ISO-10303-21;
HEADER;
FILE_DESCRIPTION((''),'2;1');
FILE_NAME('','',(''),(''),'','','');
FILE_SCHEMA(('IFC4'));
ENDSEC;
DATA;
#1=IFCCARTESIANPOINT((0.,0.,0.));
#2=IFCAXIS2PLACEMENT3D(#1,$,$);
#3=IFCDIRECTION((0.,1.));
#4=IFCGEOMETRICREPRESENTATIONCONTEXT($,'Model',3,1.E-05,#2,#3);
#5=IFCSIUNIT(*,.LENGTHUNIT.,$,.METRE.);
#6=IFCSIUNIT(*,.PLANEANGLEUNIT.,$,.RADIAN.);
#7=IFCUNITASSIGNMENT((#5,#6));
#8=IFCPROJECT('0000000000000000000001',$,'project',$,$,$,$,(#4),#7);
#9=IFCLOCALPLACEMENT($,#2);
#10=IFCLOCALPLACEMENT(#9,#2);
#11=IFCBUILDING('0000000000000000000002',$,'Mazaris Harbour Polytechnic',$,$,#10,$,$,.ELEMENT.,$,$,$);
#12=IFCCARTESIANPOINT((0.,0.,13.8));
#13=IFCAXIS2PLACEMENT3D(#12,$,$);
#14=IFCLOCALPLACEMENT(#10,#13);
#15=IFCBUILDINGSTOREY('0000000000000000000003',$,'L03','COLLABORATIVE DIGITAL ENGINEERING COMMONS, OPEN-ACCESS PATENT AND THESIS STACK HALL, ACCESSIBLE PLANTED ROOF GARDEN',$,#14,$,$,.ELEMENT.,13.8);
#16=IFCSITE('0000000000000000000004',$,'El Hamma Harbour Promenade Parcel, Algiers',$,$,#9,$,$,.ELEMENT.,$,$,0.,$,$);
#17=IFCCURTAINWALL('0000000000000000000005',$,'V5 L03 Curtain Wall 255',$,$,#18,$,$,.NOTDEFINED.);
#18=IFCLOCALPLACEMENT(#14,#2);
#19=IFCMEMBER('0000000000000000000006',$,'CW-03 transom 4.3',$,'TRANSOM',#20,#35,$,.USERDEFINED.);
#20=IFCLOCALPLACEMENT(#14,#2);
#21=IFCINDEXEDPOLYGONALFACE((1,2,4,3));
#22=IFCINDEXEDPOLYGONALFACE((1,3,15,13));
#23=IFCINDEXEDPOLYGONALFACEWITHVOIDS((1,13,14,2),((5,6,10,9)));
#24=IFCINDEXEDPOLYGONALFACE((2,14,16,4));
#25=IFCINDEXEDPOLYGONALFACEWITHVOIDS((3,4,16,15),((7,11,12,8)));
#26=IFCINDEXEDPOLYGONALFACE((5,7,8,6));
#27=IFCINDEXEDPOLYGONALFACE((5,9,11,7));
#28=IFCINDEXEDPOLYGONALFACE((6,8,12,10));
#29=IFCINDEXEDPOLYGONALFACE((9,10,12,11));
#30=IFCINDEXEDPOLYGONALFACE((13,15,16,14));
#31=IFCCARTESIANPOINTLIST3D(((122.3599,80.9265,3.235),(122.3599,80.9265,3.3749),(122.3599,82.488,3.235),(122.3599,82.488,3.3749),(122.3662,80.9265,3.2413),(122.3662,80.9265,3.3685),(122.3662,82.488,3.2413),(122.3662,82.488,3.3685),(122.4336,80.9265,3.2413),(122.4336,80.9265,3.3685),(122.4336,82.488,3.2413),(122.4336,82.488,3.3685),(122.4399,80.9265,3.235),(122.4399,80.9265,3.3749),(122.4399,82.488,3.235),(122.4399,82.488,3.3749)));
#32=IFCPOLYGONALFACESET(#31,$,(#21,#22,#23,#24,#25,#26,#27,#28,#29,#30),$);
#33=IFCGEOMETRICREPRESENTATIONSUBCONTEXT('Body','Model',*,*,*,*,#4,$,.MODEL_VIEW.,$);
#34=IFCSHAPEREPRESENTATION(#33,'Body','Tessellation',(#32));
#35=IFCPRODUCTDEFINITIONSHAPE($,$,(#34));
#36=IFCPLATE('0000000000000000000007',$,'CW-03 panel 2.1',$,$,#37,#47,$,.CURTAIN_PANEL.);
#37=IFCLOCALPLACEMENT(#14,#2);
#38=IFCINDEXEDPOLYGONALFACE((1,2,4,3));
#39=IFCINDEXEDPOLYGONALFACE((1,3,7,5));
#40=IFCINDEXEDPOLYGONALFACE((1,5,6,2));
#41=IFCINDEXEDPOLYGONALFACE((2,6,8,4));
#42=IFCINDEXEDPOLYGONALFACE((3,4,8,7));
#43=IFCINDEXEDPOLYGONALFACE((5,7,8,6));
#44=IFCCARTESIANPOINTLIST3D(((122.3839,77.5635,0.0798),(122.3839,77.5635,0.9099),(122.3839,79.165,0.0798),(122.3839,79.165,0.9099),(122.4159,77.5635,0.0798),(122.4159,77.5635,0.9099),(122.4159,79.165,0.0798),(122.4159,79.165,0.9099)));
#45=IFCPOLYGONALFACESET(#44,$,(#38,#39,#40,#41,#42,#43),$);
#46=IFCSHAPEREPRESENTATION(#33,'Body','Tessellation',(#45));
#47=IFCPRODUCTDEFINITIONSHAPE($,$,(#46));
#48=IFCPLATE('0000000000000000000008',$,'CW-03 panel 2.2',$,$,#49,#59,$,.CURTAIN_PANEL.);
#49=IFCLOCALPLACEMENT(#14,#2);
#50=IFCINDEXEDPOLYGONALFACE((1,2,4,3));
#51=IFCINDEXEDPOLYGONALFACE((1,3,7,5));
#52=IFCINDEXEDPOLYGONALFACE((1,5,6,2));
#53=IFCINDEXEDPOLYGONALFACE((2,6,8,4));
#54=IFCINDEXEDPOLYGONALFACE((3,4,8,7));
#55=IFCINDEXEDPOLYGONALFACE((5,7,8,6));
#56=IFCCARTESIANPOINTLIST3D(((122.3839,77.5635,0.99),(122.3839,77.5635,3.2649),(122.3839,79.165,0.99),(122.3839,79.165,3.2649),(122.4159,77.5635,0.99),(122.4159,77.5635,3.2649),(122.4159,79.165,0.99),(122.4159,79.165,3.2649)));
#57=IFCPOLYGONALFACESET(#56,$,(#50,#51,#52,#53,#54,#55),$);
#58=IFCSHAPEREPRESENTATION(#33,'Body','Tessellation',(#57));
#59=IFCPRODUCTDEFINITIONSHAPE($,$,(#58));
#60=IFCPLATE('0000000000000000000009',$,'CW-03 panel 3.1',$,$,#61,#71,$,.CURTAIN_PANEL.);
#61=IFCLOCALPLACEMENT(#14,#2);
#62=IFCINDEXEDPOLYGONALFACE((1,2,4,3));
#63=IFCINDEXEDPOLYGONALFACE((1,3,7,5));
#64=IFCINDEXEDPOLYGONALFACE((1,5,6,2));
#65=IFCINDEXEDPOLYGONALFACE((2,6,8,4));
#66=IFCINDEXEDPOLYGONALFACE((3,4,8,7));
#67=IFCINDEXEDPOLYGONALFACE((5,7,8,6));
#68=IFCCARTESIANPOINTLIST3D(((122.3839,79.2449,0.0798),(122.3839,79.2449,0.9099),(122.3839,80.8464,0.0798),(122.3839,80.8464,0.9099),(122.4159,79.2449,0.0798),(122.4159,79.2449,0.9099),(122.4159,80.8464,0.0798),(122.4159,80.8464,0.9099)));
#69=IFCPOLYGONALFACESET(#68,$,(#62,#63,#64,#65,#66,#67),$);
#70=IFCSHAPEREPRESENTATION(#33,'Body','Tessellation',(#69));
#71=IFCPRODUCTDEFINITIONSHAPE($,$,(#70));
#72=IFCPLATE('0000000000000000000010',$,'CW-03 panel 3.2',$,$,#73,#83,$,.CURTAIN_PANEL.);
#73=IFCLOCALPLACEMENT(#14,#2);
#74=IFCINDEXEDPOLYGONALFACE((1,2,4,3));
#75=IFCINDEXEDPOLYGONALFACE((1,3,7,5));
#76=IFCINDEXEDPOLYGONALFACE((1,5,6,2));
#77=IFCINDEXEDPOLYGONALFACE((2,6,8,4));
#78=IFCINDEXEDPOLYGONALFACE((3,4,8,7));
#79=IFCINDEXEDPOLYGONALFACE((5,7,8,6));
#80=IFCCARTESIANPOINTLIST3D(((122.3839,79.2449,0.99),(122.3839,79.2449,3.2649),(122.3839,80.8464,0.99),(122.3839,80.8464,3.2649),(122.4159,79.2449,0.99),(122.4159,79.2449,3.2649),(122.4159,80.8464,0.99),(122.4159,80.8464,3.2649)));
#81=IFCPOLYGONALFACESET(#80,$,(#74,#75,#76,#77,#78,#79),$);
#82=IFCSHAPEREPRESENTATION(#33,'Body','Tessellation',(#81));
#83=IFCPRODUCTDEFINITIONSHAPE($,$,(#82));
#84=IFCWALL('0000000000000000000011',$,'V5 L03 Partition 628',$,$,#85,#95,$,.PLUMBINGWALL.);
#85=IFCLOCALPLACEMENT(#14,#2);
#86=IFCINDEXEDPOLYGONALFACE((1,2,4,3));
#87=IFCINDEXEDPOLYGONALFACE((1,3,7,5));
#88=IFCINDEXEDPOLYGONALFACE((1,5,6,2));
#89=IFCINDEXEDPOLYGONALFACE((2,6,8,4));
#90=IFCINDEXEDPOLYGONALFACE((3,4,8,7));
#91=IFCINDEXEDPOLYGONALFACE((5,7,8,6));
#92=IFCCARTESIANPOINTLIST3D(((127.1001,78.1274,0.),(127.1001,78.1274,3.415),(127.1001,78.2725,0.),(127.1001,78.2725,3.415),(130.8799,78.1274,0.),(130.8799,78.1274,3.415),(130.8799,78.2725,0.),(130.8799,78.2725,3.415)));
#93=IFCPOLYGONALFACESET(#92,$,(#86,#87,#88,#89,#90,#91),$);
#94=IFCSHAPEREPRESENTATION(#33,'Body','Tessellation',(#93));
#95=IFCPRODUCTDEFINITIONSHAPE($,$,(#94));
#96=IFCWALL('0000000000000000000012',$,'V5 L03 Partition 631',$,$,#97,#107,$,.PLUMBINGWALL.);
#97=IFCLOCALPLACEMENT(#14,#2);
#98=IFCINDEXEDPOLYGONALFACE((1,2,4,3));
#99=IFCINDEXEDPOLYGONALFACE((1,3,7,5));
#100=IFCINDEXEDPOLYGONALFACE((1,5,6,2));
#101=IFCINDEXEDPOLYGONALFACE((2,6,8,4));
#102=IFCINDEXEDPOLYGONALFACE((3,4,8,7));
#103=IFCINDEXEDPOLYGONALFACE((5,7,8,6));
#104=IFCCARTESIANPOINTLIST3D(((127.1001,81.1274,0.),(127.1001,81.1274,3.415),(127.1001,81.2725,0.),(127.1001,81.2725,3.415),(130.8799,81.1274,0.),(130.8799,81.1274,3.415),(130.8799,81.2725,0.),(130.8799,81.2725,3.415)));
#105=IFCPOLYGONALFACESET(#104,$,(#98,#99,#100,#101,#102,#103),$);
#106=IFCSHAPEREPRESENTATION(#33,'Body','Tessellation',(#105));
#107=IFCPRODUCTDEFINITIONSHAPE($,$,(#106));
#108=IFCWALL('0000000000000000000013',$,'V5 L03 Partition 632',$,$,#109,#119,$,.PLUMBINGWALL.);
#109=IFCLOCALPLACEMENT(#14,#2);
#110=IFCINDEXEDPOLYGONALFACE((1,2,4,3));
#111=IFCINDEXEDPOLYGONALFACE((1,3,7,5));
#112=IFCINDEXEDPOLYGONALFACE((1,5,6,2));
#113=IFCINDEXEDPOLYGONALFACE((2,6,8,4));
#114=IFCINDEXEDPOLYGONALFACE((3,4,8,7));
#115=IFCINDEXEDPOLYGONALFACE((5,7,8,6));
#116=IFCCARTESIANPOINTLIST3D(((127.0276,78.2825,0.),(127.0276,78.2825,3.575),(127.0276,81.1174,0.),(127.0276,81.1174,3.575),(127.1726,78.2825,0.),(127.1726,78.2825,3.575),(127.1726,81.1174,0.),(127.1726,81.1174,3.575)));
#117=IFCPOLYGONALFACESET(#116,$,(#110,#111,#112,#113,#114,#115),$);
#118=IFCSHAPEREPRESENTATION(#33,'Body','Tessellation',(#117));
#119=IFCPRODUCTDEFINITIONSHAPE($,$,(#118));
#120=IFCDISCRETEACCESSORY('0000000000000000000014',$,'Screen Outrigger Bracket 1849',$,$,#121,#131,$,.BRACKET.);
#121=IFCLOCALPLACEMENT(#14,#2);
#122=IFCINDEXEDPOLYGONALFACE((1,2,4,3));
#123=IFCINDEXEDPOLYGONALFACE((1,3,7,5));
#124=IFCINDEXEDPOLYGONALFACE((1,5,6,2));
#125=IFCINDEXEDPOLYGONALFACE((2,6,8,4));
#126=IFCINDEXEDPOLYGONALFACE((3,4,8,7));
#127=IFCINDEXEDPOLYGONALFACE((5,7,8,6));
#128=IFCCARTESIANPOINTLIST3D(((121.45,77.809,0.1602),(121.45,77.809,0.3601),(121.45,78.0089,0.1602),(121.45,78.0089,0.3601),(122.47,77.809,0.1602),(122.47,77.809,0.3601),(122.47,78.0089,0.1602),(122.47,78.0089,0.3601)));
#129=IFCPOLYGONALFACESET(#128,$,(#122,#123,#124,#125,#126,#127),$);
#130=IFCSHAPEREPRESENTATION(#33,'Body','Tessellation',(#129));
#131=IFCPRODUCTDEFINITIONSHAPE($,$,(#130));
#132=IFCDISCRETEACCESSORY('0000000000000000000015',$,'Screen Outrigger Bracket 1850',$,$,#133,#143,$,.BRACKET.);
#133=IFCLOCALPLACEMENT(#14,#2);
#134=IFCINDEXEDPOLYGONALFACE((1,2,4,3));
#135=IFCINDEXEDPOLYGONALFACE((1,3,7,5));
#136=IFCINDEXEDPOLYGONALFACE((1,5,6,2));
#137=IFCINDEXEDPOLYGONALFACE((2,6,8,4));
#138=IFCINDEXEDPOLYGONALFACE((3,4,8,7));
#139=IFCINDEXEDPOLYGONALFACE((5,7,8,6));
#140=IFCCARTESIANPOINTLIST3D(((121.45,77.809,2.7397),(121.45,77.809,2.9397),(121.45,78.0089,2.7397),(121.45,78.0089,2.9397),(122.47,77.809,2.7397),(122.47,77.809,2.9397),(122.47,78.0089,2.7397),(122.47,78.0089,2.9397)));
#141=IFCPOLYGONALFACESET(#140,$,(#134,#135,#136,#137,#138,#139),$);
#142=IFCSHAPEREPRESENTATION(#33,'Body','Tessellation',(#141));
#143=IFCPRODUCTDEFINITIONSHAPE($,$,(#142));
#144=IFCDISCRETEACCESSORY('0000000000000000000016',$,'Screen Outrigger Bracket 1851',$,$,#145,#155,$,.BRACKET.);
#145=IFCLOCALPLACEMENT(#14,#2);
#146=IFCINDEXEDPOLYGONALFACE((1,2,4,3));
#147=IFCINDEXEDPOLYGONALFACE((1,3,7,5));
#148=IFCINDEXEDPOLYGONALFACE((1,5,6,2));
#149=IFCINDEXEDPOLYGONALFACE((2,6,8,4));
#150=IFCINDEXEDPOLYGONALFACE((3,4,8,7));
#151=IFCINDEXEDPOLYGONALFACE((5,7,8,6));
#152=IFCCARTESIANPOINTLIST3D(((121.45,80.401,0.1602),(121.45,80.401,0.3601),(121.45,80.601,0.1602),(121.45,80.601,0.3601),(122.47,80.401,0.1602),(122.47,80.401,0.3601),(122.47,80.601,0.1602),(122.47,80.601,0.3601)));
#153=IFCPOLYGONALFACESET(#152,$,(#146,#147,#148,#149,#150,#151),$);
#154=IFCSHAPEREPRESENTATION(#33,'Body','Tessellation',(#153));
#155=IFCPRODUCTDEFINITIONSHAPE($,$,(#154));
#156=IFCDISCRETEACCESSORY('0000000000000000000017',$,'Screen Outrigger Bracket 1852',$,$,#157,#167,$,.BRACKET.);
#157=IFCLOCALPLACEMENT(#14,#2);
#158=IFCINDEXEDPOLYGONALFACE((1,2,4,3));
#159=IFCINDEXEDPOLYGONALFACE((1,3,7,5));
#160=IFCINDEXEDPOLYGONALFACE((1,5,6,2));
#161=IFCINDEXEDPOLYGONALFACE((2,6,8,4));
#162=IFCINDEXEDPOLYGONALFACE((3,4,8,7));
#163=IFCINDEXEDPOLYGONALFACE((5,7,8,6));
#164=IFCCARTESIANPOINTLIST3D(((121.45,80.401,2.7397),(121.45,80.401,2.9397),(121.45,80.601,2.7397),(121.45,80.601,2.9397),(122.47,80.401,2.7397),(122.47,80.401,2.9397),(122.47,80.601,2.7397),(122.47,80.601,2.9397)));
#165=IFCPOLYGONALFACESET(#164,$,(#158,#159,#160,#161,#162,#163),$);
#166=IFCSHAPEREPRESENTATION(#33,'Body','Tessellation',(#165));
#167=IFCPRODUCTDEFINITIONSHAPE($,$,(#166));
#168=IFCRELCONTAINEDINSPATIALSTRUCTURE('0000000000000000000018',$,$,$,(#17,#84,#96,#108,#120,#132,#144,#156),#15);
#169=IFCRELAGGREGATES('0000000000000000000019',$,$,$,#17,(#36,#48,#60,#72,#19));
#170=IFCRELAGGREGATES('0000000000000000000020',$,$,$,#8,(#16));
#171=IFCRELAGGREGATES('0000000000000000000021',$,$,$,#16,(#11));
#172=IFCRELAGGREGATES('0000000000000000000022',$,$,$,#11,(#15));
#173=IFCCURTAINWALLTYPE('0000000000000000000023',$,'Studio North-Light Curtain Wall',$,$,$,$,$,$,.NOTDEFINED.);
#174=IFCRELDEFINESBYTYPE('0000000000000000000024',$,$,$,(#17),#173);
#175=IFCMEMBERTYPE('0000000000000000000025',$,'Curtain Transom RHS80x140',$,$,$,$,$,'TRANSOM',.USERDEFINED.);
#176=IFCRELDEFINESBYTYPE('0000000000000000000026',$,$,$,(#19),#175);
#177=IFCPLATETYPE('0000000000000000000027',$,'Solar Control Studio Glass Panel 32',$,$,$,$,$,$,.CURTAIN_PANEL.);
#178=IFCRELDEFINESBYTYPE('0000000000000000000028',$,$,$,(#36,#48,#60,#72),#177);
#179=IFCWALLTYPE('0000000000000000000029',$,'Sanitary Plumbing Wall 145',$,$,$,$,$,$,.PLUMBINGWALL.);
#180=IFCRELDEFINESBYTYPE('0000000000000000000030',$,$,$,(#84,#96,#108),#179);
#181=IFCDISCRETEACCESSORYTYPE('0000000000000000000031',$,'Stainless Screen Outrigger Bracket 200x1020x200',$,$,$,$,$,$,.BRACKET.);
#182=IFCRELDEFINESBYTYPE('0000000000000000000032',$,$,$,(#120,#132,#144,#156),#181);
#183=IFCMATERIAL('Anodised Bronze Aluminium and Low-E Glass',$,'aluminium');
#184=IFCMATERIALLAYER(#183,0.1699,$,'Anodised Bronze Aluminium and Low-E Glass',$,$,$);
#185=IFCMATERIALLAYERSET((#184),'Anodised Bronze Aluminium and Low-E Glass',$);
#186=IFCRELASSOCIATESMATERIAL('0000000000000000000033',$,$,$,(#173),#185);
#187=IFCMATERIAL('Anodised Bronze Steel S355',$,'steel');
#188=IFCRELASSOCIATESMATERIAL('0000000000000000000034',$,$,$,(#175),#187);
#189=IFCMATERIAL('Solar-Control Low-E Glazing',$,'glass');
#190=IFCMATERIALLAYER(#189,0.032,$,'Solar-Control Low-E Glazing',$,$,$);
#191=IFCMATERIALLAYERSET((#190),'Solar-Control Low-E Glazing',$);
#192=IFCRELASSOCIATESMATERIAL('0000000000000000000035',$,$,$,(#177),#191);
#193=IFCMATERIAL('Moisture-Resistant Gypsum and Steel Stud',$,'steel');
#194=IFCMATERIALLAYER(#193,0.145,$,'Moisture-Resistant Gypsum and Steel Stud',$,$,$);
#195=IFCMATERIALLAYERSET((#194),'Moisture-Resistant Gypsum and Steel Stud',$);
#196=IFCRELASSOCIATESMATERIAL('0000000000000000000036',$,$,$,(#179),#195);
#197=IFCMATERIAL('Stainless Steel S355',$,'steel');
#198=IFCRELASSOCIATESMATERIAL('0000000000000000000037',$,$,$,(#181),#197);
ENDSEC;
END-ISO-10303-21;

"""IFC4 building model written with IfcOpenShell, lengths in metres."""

from ifc_helpers import new_model, si_unit, direction, frame, frame_2d, origin, origin_2d, place, context, subcontext, project, spatial, rectangle, hollow_rectangle, extrude, material, layer, layer_set, material_profile, profile_set, type_object, element, aggregate, save


model = new_model("IFC4")

# Units and contexts
model_context = context("Model", 3, precision=1e-05, world=origin(), true_north=direction((0.0, 1.0)))
body_context = subcontext(model_context, "Body", "Model", "MODEL_VIEW")
ifc_project = project(units=[si_unit("LENGTHUNIT", "METRE"), si_unit("PLANEANGLEUNIT", "RADIAN")], contexts=[model_context])

# Site, building, storey
site_placement = place(None, origin())
site = spatial("IfcSite", under=ifc_project, at=site_placement, Name="El Hamma Harbour Promenade Parcel, Algiers", CompositionType="ELEMENT", RefElevation=0.0)
building_placement = place(site_placement, origin())
building = spatial("IfcBuilding", under=site, at=building_placement, Name="Mazaris Harbour Polytechnic", CompositionType="ELEMENT")
storey_placement = place(building_placement, frame((0.0, 0.0, 13.8)))
storey = spatial("IfcBuildingStorey", under=building, at=storey_placement, Name="L03", Description="COLLABORATIVE DIGITAL ENGINEERING COMMONS, OPEN-ACCESS PATENT AND THESIS STACK HALL, ACCESSIBLE PLANTED ROOF GARDEN", CompositionType="ELEMENT", Elevation=13.8)

# Curtain wall, member, plates
ifc_material_1 = material(Name="Anodised Bronze Aluminium and Low-E Glass", Category="aluminium")
ifc_layer_1 = layer(ifc_material_1, 0.1699, Name="Anodised Bronze Aluminium and Low-E Glass")
ifc_layer_set_1 = layer_set([ifc_layer_1], Name="Anodised Bronze Aluminium and Low-E Glass")
curtain_wall_type = type_object("IfcCurtainWallType", Name="Studio North-Light Curtain Wall", PredefinedType="NOTDEFINED", material=ifc_layer_set_1)
curtain_wall_placement = place(storey_placement, origin())
curtain_wall = element("IfcCurtainWall", 1, at=curtain_wall_placement, inside=storey, type_object=curtain_wall_type, Name="V5 L03 Curtain Wall 255", PredefinedType="NOTDEFINED")
ifc_material_2 = material(Name="Anodised Bronze Steel S355", Category="steel")
ifc_material_profile_1 = material_profile(ifc_material_2, hollow_rectangle(XDim=0.0801, YDim=0.1399, WallThickness=0.0063, at=origin_2d()), Name="RHS 80x140x6.3")
ifc_profile_set_1 = profile_set([ifc_material_profile_1], Name="Anodised Bronze Steel S355")
member_type_1 = type_object("IfcMemberType", Name="Curtain Transom RHS80x140", ElementType="TRANSOM", PredefinedType="USERDEFINED", material=ifc_profile_set_1)
member_1_placement = place(storey_placement, frame((122.3999, 80.9265, 3.3049), z_axis=(0.0, 1.0, 0.0), x_axis=(-1.0, 0.0, 0.0)))
member_1 = element("IfcMember", 2, at=member_1_placement, type_object=member_type_1, Name="CW-03 transom 4.3", ObjectType="TRANSOM", PredefinedType="USERDEFINED", context=body_context, shape_type="SweptSolid", body=[
    extrude(hollow_rectangle(XDim=0.0801, YDim=0.1399, WallThickness=0.0063, at=origin_2d()), origin(), (0.0, 0.0, 1.0), 1.5615),
])
ifc_material_3 = material(Name="Solar-Control Low-E Glazing", Category="glass")
ifc_layer_2 = layer(ifc_material_3, 0.032, Name="Solar-Control Low-E Glazing")
ifc_layer_set_2 = layer_set([ifc_layer_2], Name="Solar-Control Low-E Glazing")
plate_type = type_object("IfcPlateType", Name="Solar Control Studio Glass Panel 32", PredefinedType="CURTAIN_PANEL", material=ifc_layer_set_2)
plate_1_placement = place(storey_placement, frame((122.3999, 78.3643, 0.0798), z_axis=(0.0, 0.0, 1.0), x_axis=(0.0, 1.0, 0.0)))
plate_1 = element("IfcPlate", 3, at=plate_1_placement, type_object=plate_type, Name="CW-03 panel 2.1", PredefinedType="CURTAIN_PANEL", context=body_context, shape_type="SweptSolid", body=[
    extrude(rectangle(XDim=1.6016, YDim=0.032, at=origin_2d()), origin(), (0.0, 0.0, 1.0), 0.8301),
])
plate_2_placement = place(storey_placement, frame((122.3999, 78.3643, 0.99), z_axis=(0.0, 0.0, 1.0), x_axis=(0.0, 1.0, 0.0)))
plate_2 = element("IfcPlate", 4, at=plate_2_placement, type_object=plate_type, Name="CW-03 panel 2.2", PredefinedType="CURTAIN_PANEL", context=body_context, shape_type="SweptSolid", body=[
    extrude(rectangle(XDim=1.6016, YDim=0.032, at=origin_2d()), origin(), (0.0, 0.0, 1.0), 2.2749),
])
plate_3_placement = place(storey_placement, frame((122.3999, 80.0457, 0.0798), z_axis=(0.0, 0.0, 1.0), x_axis=(0.0, 1.0, 0.0)))
plate_3 = element("IfcPlate", 5, at=plate_3_placement, type_object=plate_type, Name="CW-03 panel 3.1", PredefinedType="CURTAIN_PANEL", context=body_context, shape_type="SweptSolid", body=[
    extrude(rectangle(XDim=1.6016, YDim=0.032, at=origin_2d()), origin(), (0.0, 0.0, 1.0), 0.8301),
])
plate_4_placement = place(storey_placement, frame((122.3999, 80.0457, 0.99), z_axis=(0.0, 0.0, 1.0), x_axis=(0.0, 1.0, 0.0)))
plate_4 = element("IfcPlate", 6, at=plate_4_placement, type_object=plate_type, Name="CW-03 panel 3.2", PredefinedType="CURTAIN_PANEL", context=body_context, shape_type="SweptSolid", body=[
    extrude(rectangle(XDim=1.6016, YDim=0.032, at=origin_2d()), origin(), (0.0, 0.0, 1.0), 2.2749),
])
aggregate(curtain_wall, [plate_1, plate_2, plate_3, plate_4, member_1])

# Walls
ifc_material_4 = material(Name="Moisture-Resistant Gypsum and Steel Stud", Category="steel")
ifc_layer_3 = layer(ifc_material_4, 0.145, Name="Moisture-Resistant Gypsum and Steel Stud")
ifc_layer_set_3 = layer_set([ifc_layer_3], Name="Moisture-Resistant Gypsum and Steel Stud")
wall_type = type_object("IfcWallType", Name="Sanitary Plumbing Wall 145", PredefinedType="PLUMBINGWALL", material=ifc_layer_set_3)
for number, where, z_axis, x_axis, name in (
    (7, (127.1001, 78.2, 0.0), (0.0, 0.0, 1.0), (1.0, 0.0, 0.0), "V5 L03 Partition 628"),
    (8, (127.1001, 81.2, 0.0), (0.0, 0.0, 1.0), (1.0, 0.0, 0.0), "V5 L03 Partition 631"),
):
    element("IfcWall", number, at=place(storey_placement, frame(where, z_axis=z_axis, x_axis=x_axis)), inside=storey, type_object=wall_type, Name=name, PredefinedType="PLUMBINGWALL", context=body_context, shape_type="SweptSolid", body=[
        extrude(rectangle(XDim=3.7798, YDim=0.145, at=frame_2d((1.8899, 0.0))), origin(), (0.0, 0.0, 1.0), 3.415),
    ])
wall_placement = place(storey_placement, frame((127.1001, 78.2825, 0.0), z_axis=(0.0, 0.0, 1.0), x_axis=(0.0, 1.0, 0.0)))
element("IfcWall", 9, at=wall_placement, inside=storey, type_object=wall_type, Name="V5 L03 Partition 632", PredefinedType="PLUMBINGWALL", context=body_context, shape_type="SweptSolid", body=[
    extrude(rectangle(XDim=2.835, YDim=0.145, at=frame_2d((1.4175, 0.0))), origin(), (0.0, 0.0, 1.0), 3.575),
])

# Discrete accessories
ifc_material_5 = material(Name="Stainless Steel S355", Category="steel")
discrete_accessory_type = type_object("IfcDiscreteAccessoryType", Name="Stainless Screen Outrigger Bracket 200x1020x200", PredefinedType="BRACKET", material=ifc_material_5)
for number, where, z_axis, x_axis, name in (
    (10, (121.96, 77.9089, 0.1602), (0.0, 0.0, 1.0), (0.0, 1.0, 0.0), "Screen Outrigger Bracket 1849"),
    (11, (121.96, 77.9089, 2.7397), (0.0, 0.0, 1.0), (0.0, 1.0, 0.0), "Screen Outrigger Bracket 1850"),
    (12, (121.96, 80.501, 0.1602), (0.0, 0.0, 1.0), (0.0, 1.0, 0.0), "Screen Outrigger Bracket 1851"),
    (13, (121.96, 80.501, 2.7397), (0.0, 0.0, 1.0), (0.0, 1.0, 0.0), "Screen Outrigger Bracket 1852"),
):
    element("IfcDiscreteAccessory", number, at=place(storey_placement, frame(where, z_axis=z_axis, x_axis=x_axis)), inside=storey, type_object=discrete_accessory_type, Name=name, PredefinedType="BRACKET", context=body_context, shape_type="SweptSolid", body=[
        extrude(rectangle(XDim=0.2, YDim=1.02, at=origin_2d()), origin(), (0.0, 0.0, 1.0), 0.2),
    ])

save(model, "model.ifc")
